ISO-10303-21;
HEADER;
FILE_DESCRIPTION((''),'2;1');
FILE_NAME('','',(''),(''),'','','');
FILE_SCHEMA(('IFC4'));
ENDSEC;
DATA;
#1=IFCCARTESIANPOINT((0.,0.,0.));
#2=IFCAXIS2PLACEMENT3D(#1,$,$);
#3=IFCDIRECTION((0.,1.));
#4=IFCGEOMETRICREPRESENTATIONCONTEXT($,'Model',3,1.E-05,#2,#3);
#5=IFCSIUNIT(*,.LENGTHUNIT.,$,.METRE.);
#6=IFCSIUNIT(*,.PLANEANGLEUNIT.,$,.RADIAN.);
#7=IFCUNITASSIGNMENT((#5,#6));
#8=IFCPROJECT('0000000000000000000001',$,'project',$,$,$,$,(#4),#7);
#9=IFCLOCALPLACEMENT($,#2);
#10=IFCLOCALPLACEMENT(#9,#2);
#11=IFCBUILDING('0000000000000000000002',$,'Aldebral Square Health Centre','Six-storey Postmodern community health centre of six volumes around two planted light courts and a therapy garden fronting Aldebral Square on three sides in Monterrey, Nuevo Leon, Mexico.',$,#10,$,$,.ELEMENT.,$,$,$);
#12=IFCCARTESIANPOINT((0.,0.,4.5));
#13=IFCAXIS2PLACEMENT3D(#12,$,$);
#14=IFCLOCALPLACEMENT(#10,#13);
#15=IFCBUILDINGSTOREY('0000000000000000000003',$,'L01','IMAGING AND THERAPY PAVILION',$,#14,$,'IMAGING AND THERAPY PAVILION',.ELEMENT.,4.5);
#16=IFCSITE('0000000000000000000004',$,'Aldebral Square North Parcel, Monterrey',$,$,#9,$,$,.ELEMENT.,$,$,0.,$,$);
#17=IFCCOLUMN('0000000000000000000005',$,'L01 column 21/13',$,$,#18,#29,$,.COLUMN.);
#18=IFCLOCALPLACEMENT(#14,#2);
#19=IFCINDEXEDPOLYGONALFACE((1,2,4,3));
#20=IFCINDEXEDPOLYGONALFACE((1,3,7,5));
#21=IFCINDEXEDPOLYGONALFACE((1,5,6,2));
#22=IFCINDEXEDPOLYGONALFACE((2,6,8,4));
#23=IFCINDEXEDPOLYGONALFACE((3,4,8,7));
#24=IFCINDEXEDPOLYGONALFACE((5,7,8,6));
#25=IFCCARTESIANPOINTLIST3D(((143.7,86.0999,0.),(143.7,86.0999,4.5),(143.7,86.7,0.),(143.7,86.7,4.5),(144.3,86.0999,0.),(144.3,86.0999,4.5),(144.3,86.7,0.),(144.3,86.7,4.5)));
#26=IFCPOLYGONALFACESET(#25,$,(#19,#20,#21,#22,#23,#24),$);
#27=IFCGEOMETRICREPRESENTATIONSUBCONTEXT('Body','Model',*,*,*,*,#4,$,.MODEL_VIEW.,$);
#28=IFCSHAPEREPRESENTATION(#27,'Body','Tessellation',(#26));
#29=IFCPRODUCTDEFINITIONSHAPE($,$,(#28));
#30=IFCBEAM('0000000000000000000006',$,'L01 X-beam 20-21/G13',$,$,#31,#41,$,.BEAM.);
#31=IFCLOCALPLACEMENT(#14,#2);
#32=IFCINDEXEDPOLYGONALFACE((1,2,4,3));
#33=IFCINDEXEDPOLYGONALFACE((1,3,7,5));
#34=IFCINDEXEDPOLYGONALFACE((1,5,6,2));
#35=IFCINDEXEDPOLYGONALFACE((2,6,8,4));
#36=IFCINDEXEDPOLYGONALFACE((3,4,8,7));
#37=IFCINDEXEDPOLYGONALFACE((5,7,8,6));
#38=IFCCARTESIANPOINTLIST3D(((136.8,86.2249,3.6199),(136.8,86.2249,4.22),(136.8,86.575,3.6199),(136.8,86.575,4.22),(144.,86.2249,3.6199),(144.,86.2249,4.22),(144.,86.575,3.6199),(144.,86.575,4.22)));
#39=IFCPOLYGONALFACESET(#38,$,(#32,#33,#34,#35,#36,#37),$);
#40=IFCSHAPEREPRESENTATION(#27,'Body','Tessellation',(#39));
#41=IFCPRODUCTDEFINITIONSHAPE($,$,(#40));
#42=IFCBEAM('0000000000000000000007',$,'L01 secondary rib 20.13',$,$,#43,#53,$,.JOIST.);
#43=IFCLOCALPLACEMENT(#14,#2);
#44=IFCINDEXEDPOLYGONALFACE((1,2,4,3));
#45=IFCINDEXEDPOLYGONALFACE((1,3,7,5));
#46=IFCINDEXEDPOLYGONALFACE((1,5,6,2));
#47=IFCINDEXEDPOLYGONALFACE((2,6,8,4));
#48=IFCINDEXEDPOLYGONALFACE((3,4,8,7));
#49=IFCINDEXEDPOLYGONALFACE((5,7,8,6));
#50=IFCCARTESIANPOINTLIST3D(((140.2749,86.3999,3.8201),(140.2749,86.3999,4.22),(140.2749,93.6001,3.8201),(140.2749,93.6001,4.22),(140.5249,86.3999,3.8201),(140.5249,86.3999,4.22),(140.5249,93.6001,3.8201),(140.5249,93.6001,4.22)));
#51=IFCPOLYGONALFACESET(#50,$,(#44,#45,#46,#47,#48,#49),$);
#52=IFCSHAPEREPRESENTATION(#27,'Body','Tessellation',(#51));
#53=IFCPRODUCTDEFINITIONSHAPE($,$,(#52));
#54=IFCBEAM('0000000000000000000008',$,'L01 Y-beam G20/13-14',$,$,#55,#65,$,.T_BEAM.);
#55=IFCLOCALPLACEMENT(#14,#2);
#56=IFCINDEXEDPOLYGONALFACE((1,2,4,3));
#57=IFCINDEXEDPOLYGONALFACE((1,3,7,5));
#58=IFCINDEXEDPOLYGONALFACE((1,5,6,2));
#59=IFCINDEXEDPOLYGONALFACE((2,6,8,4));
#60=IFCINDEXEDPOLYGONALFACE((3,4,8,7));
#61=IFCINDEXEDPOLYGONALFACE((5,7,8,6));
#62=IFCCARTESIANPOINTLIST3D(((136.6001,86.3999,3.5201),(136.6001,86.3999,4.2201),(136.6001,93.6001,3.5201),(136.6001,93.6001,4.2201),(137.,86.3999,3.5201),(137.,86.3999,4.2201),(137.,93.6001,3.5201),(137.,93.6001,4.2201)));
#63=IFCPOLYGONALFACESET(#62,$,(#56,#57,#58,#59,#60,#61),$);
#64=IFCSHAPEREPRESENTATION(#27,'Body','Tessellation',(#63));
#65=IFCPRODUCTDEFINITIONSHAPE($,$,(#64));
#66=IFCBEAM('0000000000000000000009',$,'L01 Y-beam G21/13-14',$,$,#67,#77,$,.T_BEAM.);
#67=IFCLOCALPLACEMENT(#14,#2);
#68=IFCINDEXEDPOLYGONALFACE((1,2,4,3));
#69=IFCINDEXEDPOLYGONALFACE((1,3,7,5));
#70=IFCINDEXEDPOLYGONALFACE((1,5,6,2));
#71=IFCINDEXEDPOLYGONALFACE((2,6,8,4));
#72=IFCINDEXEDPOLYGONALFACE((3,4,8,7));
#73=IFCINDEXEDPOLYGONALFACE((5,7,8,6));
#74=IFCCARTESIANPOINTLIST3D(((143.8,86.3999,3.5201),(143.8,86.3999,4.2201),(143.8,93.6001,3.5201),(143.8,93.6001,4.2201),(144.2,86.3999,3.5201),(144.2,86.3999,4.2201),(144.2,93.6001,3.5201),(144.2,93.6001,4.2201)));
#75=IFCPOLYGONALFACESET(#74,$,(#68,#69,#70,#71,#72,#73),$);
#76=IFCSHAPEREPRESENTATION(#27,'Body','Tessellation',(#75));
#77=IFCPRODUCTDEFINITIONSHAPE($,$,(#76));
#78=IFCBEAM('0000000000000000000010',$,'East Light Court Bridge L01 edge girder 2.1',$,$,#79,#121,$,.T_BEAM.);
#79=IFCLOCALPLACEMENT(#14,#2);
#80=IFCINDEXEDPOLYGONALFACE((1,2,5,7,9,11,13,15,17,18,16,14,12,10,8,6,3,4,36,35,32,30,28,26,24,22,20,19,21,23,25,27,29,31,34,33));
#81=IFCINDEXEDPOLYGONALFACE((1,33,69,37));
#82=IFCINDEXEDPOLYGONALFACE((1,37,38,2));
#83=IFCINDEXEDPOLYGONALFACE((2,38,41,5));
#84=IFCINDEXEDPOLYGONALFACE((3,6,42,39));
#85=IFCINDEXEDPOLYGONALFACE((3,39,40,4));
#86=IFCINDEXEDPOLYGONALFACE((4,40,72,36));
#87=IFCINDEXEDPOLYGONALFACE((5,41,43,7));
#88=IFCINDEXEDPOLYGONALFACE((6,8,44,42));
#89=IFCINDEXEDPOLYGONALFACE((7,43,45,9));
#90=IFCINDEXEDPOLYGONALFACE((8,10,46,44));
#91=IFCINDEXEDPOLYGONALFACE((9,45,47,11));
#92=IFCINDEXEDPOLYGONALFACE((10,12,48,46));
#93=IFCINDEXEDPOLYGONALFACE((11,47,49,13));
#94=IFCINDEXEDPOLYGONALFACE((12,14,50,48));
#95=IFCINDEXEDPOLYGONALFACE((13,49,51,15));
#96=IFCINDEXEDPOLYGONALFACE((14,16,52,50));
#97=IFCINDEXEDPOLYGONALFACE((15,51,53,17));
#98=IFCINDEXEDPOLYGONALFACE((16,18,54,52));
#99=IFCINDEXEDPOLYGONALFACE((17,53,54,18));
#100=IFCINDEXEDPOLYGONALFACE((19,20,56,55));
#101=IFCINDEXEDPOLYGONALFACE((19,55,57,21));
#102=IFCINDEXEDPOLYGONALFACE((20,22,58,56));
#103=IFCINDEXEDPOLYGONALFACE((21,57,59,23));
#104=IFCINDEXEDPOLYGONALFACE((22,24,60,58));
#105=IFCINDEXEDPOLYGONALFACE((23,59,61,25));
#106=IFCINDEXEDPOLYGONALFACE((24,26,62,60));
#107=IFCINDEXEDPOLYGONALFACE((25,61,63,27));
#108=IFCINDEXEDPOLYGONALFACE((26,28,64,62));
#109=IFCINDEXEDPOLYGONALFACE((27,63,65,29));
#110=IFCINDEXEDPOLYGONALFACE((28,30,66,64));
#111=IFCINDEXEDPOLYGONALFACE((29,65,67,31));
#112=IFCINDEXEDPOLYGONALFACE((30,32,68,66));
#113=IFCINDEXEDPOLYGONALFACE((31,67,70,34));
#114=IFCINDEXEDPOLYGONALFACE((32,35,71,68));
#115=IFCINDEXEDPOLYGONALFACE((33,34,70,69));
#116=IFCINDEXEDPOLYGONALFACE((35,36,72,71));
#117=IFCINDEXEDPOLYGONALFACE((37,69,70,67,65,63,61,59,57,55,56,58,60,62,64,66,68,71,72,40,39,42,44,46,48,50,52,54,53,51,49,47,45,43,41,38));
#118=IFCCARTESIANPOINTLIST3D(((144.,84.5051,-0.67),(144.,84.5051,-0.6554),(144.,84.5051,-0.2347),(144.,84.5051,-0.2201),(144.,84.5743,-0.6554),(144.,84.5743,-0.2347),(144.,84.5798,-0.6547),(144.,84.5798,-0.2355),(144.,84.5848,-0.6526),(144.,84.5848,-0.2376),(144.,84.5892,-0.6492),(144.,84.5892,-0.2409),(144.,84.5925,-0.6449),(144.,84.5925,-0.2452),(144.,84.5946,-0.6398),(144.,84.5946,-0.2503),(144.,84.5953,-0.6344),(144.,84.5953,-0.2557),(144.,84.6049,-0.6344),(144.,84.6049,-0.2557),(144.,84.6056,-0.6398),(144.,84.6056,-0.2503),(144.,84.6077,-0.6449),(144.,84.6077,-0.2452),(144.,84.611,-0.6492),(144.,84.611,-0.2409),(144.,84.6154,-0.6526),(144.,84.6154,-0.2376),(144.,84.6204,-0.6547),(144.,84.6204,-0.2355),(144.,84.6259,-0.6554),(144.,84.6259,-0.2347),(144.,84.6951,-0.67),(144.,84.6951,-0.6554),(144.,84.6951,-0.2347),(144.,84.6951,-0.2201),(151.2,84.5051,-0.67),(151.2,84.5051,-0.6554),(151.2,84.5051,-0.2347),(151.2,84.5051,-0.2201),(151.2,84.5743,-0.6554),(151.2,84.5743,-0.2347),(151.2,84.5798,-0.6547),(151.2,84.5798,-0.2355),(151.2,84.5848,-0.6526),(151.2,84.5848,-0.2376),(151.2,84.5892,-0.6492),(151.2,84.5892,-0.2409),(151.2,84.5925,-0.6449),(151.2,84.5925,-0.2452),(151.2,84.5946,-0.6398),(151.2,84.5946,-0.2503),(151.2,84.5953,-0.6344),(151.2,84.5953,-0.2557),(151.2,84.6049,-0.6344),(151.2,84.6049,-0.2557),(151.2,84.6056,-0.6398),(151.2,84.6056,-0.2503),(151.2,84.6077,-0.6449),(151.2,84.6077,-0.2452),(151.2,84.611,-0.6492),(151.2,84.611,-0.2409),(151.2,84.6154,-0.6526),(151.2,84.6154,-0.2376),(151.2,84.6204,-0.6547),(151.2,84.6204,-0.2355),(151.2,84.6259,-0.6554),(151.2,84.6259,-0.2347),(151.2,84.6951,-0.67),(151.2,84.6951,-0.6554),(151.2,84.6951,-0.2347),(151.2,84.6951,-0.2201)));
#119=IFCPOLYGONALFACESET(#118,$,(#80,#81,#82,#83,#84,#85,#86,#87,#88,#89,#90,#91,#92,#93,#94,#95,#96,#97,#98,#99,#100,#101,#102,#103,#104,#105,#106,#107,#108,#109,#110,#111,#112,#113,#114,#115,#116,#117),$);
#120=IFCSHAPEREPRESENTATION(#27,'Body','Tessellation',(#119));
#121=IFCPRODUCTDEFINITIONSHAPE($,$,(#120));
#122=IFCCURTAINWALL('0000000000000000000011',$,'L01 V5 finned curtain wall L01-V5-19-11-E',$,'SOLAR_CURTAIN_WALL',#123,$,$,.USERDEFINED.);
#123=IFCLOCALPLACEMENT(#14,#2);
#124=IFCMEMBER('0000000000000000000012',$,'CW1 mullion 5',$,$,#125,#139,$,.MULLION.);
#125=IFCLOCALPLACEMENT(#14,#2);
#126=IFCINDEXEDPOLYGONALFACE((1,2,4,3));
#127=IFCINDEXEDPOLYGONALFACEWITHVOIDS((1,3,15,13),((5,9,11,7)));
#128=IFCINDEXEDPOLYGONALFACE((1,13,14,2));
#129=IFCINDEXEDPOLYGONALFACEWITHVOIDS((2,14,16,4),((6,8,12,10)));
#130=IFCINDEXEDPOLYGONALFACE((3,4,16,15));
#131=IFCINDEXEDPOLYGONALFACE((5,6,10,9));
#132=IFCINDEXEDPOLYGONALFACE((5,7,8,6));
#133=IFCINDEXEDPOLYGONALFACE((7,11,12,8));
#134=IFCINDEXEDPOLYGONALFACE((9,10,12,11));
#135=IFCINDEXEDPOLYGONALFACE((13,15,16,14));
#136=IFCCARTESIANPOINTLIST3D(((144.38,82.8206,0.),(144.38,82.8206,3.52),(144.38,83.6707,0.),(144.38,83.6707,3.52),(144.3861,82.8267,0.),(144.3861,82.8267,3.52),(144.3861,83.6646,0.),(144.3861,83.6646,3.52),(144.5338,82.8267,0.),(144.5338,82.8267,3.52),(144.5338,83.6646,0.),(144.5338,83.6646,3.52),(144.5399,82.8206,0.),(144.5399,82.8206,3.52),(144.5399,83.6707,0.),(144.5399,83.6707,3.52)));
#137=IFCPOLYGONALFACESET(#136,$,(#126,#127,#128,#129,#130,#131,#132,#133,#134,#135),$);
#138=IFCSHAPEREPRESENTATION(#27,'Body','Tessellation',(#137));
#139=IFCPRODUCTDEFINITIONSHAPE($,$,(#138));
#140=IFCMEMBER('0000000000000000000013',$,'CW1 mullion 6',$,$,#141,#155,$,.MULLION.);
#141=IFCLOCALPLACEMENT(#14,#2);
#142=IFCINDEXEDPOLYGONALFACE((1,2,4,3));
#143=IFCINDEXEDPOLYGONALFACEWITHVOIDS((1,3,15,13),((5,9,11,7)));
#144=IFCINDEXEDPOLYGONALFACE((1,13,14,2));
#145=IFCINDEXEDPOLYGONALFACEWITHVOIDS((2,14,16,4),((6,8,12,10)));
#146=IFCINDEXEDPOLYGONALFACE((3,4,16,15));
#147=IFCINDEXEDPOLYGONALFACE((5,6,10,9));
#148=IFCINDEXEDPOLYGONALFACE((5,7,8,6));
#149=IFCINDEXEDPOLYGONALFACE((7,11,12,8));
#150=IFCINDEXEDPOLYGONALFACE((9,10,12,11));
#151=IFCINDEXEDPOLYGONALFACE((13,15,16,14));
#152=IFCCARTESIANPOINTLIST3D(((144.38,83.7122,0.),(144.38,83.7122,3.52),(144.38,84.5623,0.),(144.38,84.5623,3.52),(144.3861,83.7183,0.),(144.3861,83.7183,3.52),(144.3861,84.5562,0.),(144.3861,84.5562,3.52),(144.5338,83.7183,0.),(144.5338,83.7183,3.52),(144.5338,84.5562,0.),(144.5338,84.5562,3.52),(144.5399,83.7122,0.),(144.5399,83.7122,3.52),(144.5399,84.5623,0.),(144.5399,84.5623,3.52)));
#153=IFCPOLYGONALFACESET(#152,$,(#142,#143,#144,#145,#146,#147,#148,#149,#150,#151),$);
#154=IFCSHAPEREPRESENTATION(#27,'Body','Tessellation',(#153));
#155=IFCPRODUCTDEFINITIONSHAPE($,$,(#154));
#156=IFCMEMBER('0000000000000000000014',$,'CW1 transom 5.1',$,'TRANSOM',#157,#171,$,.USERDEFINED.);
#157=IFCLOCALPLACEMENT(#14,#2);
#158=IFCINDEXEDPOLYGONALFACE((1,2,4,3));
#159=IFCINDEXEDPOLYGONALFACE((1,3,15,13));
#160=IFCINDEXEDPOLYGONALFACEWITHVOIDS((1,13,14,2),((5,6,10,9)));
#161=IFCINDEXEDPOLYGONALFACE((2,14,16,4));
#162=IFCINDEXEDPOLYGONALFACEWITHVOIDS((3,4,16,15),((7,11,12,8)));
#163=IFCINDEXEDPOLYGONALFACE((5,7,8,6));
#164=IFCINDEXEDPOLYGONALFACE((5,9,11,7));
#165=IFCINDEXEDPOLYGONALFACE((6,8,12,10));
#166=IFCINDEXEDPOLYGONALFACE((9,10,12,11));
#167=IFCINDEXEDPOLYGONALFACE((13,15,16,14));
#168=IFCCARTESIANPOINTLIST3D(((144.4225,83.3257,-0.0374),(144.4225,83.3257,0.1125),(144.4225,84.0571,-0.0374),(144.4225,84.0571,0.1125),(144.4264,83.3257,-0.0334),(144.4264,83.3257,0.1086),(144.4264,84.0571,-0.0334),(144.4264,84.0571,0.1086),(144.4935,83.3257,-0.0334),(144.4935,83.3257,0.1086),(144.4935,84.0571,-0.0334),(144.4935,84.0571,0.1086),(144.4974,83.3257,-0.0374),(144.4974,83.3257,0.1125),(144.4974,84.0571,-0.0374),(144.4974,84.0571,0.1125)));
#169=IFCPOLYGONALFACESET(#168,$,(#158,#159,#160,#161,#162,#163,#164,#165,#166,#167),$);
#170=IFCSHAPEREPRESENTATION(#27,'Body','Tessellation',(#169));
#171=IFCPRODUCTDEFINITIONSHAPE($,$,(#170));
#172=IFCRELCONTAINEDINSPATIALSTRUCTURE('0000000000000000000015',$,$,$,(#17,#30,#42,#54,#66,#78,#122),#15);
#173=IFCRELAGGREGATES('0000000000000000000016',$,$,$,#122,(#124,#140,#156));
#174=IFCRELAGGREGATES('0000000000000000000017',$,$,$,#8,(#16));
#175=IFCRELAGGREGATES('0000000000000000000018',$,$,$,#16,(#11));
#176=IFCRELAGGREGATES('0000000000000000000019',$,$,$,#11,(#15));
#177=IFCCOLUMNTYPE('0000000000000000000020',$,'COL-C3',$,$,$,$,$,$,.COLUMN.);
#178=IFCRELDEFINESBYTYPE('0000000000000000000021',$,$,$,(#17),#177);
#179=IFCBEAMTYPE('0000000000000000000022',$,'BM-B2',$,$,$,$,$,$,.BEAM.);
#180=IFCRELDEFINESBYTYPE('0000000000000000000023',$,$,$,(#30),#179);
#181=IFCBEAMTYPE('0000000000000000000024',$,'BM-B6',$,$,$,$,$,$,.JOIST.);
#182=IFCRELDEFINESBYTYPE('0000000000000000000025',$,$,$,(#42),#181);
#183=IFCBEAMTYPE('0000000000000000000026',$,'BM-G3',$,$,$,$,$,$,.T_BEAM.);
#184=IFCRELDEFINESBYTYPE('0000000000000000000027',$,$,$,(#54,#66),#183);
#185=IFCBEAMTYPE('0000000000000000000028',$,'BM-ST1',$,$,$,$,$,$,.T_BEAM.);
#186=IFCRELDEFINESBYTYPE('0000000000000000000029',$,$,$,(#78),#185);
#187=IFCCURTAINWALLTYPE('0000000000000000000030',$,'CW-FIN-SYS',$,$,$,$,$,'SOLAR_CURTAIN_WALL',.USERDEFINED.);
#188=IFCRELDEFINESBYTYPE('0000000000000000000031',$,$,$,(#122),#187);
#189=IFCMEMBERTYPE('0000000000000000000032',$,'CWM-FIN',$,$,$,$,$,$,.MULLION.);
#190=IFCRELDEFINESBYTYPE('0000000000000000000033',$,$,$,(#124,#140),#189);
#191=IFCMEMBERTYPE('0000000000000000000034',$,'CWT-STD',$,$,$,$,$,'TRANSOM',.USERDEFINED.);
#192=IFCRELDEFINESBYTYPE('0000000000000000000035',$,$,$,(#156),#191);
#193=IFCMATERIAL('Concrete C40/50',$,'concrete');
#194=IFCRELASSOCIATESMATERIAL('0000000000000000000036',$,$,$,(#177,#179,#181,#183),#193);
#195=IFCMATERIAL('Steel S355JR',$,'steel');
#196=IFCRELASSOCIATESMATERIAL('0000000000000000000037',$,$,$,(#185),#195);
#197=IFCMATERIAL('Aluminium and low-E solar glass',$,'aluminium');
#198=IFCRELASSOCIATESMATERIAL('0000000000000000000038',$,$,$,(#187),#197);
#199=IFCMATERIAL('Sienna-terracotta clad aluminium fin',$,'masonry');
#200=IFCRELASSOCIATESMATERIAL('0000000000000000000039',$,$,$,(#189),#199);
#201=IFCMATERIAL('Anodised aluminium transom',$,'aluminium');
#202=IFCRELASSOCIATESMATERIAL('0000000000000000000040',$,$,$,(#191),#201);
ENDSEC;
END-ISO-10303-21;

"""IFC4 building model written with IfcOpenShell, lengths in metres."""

from ifc_helpers import new_model, si_unit, direction, frame, origin, origin_2d, place, context, subcontext, project, spatial, rectangle, hollow_rectangle, i_section, extrude, material, material_profile, profile_set, type_object, element, aggregate, save


model = new_model("IFC4")

# Units and contexts
model_context = context("Model", 3, precision=1e-05, world=origin(), true_north=direction((0.0, 1.0)))
body_context = subcontext(model_context, "Body", "Model", "MODEL_VIEW")
ifc_project = project(units=[si_unit("LENGTHUNIT", "METRE"), si_unit("PLANEANGLEUNIT", "RADIAN")], contexts=[model_context])

# Site, building, storey
site_placement = place(None, origin())
site = spatial("IfcSite", under=ifc_project, at=site_placement, Name="Aldebral Square North Parcel, Monterrey", CompositionType="ELEMENT", RefElevation=0.0)
building_placement = place(site_placement, origin())
building = spatial("IfcBuilding", under=site, at=building_placement, Name="Aldebral Square Health Centre", Description="Six-storey Postmodern community health centre of six volumes around two planted light courts and a therapy garden fronting Aldebral Square on three sides in Monterrey, Nuevo Leon, Mexico.", CompositionType="ELEMENT")
storey_placement = place(building_placement, frame((0.0, 0.0, 4.5)))
storey = spatial("IfcBuildingStorey", under=building, at=storey_placement, Name="L01", Description="IMAGING AND THERAPY PAVILION", LongName="IMAGING AND THERAPY PAVILION", CompositionType="ELEMENT", Elevation=4.5)

# Column
ifc_material_1 = material(Name="Concrete C40/50", Category="concrete")
ifc_material_profile_1 = material_profile(ifc_material_1, rectangle(XDim=0.6001, YDim=0.6001, at=origin_2d()), Name="RC 600x600")
ifc_profile_set_1 = profile_set([ifc_material_profile_1], Name="Concrete C40/50")
column_type = type_object("IfcColumnType", Name="COL-C3", PredefinedType="COLUMN", material=ifc_profile_set_1)
column_placement = place(storey_placement, frame((144.0, 86.3999, 0.0), z_axis=(0.0, 0.0, 1.0), x_axis=(1.0, 0.0, 0.0)))
element("IfcColumn", 1, at=column_placement, inside=storey, type_object=column_type, Name="L01 column 21/13", PredefinedType="COLUMN", context=body_context, shape_type="SweptSolid", body=[
    extrude(rectangle(XDim=0.6001, YDim=0.6001, at=origin_2d()), origin(), (0.0, 0.0, 1.0), 4.5),
])

# Beams
ifc_material_profile_2 = material_profile(ifc_material_1, rectangle(XDim=0.3501, YDim=0.6001, at=origin_2d()), Name="RC 350x600")
ifc_profile_set_2 = profile_set([ifc_material_profile_2], Name="Concrete C40/50")
beam_type_1 = type_object("IfcBeamType", Name="BM-B2", PredefinedType="BEAM", material=ifc_profile_set_2)
beam_1_placement = place(storey_placement, frame((136.8, 86.3999, 3.9199), z_axis=(1.0, 0.0, 0.0), x_axis=(0.0, 1.0, 0.0)))
element("IfcBeam", 2, at=beam_1_placement, inside=storey, type_object=beam_type_1, Name="L01 X-beam 20-21/G13", PredefinedType="BEAM", context=body_context, shape_type="SweptSolid", body=[
    extrude(rectangle(XDim=0.3501, YDim=0.6001, at=origin_2d()), origin(), (0.0, 0.0, 1.0), 7.2),
])
ifc_material_profile_3 = material_profile(ifc_material_1, rectangle(XDim=0.25, YDim=0.3999, at=origin_2d()), Name="RC 250x400")
ifc_profile_set_3 = profile_set([ifc_material_profile_3], Name="Concrete C40/50")
beam_type_2 = type_object("IfcBeamType", Name="BM-B6", PredefinedType="JOIST", material=ifc_profile_set_3)
beam_2_placement = place(storey_placement, frame((140.3999, 86.3999, 4.02), z_axis=(0.0, 1.0, 0.0), x_axis=(-1.0, 0.0, 0.0)))
element("IfcBeam", 3, at=beam_2_placement, inside=storey, type_object=beam_type_2, Name="L01 secondary rib 20.13", PredefinedType="JOIST", context=body_context, shape_type="SweptSolid", body=[
    extrude(rectangle(XDim=0.25, YDim=0.3999, at=origin_2d()), origin(), (0.0, 0.0, 1.0), 7.2002),
])
ifc_material_profile_4 = material_profile(ifc_material_1, rectangle(XDim=0.3999, YDim=0.7, at=origin_2d()), Name="RC 400x700")
ifc_profile_set_4 = profile_set([ifc_material_profile_4], Name="Concrete C40/50")
beam_type_3 = type_object("IfcBeamType", Name="BM-G3", PredefinedType="T_BEAM", material=ifc_profile_set_4)
for number, where, z_axis, x_axis, name in (
    (4, (136.8, 86.3999, 3.8701), (0.0, 1.0, 0.0), (-1.0, 0.0, 0.0), "L01 Y-beam G20/13-14"),
    (5, (144.0, 86.3999, 3.8701), (0.0, 1.0, 0.0), (-1.0, 0.0, 0.0), "L01 Y-beam G21/13-14"),
):
    element("IfcBeam", number, at=place(storey_placement, frame(where, z_axis=z_axis, x_axis=x_axis)), inside=storey, type_object=beam_type_3, Name=name, PredefinedType="T_BEAM", context=body_context, shape_type="SweptSolid", body=[
        extrude(rectangle(XDim=0.3999, YDim=0.7, at=origin_2d()), origin(), (0.0, 0.0, 1.0), 7.2002),
    ])
ifc_material_2 = material(Name="Steel S355JR", Category="steel")
ifc_material_profile_5 = material_profile(ifc_material_2, i_section(OverallWidth=0.1899, OverallDepth=0.45, WebThickness=0.0095, FlangeThickness=0.0146, FilletRadius=0.021, at=origin_2d()), Name="IPE 450")
ifc_profile_set_5 = profile_set([ifc_material_profile_5], Name="Steel S355JR")
beam_type_4 = type_object("IfcBeamType", Name="BM-ST1", PredefinedType="T_BEAM", material=ifc_profile_set_5)
beam_3_placement = place(storey_placement, frame((144.0, 84.6001, -0.4451), z_axis=(1.0, 0.0, 0.0), x_axis=(0.0, 1.0, 0.0)))
element("IfcBeam", 6, at=beam_3_placement, inside=storey, type_object=beam_type_4, Name="East Light Court Bridge L01 edge girder 2.1", PredefinedType="T_BEAM", context=body_context, shape_type="SweptSolid", body=[
    extrude(i_section(OverallWidth=0.1899, OverallDepth=0.45, WebThickness=0.0095, FlangeThickness=0.0146, FilletRadius=0.021, at=origin_2d()), origin(), (0.0, 0.0, 1.0), 7.2),
])

# Curtain wall, members
ifc_material_3 = material(Name="Aluminium and low-E solar glass", Category="aluminium")
curtain_wall_type = type_object("IfcCurtainWallType", Name="CW-FIN-SYS", ElementType="SOLAR_CURTAIN_WALL", PredefinedType="USERDEFINED", material=ifc_material_3)
curtain_wall_placement = place(storey_placement, origin())
curtain_wall = element("IfcCurtainWall", 7, at=curtain_wall_placement, inside=storey, type_object=curtain_wall_type, Name="L01 V5 finned curtain wall L01-V5-19-11-E", ObjectType="SOLAR_CURTAIN_WALL", PredefinedType="USERDEFINED")
ifc_material_4 = material(Name="Sienna-terracotta clad aluminium fin", Category="masonry")
ifc_material_profile_6 = material_profile(ifc_material_4, hollow_rectangle(XDim=0.1599, YDim=0.8501, WallThickness=0.0061, at=origin_2d()), Name="FIN 160x850x6")
ifc_profile_set_6 = profile_set([ifc_material_profile_6], Name="Sienna-terracotta clad aluminium fin")
member_type_1 = type_object("IfcMemberType", Name="CWM-FIN", PredefinedType="MULLION", material=ifc_profile_set_6)
member_1_placement = place(storey_placement, frame((144.46, 83.2456, 0.0), z_axis=(0.0, 0.0, 1.0), x_axis=(-1.0, 0.0, 0.0)))
member_1 = element("IfcMember", 8, at=member_1_placement, type_object=member_type_1, Name="CW1 mullion 5", PredefinedType="MULLION", context=body_context, shape_type="SweptSolid", body=[
    extrude(hollow_rectangle(XDim=0.1599, YDim=0.8501, WallThickness=0.0061, at=origin_2d()), origin(), (0.0, 0.0, 1.0), 3.52),
])
member_2_placement = place(storey_placement, frame((144.46, 84.1372, 0.0), z_axis=(0.0, 0.0, 1.0), x_axis=(-1.0, 0.0, 0.0)))
member_2 = element("IfcMember", 9, at=member_2_placement, type_object=member_type_1, Name="CW1 mullion 6", PredefinedType="MULLION", context=body_context, shape_type="SweptSolid", body=[
    extrude(hollow_rectangle(XDim=0.1599, YDim=0.8501, WallThickness=0.0061, at=origin_2d()), origin(), (0.0, 0.0, 1.0), 3.52),
])
ifc_material_5 = material(Name="Anodised aluminium transom", Category="aluminium")
ifc_material_profile_7 = material_profile(ifc_material_5, hollow_rectangle(XDim=0.075, YDim=0.1499, WallThickness=0.0039, at=origin_2d()), Name="CWT 75x150x4")
ifc_profile_set_7 = profile_set([ifc_material_profile_7], Name="Anodised aluminium transom")
member_type_2 = type_object("IfcMemberType", Name="CWT-STD", ElementType="TRANSOM", PredefinedType="USERDEFINED", material=ifc_profile_set_7)
member_3_placement = place(storey_placement, frame((144.46, 83.3257, 0.0376), z_axis=(0.0, 1.0, 0.0), x_axis=(-1.0, 0.0, 0.0)))
member_3 = element("IfcMember", 10, at=member_3_placement, type_object=member_type_2, Name="CW1 transom 5.1", ObjectType="TRANSOM", PredefinedType="USERDEFINED", context=body_context, shape_type="SweptSolid", body=[
    extrude(hollow_rectangle(XDim=0.075, YDim=0.1499, WallThickness=0.0039, at=origin_2d()), origin(), (0.0, 0.0, 1.0), 0.7314),
])
aggregate(curtain_wall, [member_1, member_2, member_3])

save(model, "model.ifc")
